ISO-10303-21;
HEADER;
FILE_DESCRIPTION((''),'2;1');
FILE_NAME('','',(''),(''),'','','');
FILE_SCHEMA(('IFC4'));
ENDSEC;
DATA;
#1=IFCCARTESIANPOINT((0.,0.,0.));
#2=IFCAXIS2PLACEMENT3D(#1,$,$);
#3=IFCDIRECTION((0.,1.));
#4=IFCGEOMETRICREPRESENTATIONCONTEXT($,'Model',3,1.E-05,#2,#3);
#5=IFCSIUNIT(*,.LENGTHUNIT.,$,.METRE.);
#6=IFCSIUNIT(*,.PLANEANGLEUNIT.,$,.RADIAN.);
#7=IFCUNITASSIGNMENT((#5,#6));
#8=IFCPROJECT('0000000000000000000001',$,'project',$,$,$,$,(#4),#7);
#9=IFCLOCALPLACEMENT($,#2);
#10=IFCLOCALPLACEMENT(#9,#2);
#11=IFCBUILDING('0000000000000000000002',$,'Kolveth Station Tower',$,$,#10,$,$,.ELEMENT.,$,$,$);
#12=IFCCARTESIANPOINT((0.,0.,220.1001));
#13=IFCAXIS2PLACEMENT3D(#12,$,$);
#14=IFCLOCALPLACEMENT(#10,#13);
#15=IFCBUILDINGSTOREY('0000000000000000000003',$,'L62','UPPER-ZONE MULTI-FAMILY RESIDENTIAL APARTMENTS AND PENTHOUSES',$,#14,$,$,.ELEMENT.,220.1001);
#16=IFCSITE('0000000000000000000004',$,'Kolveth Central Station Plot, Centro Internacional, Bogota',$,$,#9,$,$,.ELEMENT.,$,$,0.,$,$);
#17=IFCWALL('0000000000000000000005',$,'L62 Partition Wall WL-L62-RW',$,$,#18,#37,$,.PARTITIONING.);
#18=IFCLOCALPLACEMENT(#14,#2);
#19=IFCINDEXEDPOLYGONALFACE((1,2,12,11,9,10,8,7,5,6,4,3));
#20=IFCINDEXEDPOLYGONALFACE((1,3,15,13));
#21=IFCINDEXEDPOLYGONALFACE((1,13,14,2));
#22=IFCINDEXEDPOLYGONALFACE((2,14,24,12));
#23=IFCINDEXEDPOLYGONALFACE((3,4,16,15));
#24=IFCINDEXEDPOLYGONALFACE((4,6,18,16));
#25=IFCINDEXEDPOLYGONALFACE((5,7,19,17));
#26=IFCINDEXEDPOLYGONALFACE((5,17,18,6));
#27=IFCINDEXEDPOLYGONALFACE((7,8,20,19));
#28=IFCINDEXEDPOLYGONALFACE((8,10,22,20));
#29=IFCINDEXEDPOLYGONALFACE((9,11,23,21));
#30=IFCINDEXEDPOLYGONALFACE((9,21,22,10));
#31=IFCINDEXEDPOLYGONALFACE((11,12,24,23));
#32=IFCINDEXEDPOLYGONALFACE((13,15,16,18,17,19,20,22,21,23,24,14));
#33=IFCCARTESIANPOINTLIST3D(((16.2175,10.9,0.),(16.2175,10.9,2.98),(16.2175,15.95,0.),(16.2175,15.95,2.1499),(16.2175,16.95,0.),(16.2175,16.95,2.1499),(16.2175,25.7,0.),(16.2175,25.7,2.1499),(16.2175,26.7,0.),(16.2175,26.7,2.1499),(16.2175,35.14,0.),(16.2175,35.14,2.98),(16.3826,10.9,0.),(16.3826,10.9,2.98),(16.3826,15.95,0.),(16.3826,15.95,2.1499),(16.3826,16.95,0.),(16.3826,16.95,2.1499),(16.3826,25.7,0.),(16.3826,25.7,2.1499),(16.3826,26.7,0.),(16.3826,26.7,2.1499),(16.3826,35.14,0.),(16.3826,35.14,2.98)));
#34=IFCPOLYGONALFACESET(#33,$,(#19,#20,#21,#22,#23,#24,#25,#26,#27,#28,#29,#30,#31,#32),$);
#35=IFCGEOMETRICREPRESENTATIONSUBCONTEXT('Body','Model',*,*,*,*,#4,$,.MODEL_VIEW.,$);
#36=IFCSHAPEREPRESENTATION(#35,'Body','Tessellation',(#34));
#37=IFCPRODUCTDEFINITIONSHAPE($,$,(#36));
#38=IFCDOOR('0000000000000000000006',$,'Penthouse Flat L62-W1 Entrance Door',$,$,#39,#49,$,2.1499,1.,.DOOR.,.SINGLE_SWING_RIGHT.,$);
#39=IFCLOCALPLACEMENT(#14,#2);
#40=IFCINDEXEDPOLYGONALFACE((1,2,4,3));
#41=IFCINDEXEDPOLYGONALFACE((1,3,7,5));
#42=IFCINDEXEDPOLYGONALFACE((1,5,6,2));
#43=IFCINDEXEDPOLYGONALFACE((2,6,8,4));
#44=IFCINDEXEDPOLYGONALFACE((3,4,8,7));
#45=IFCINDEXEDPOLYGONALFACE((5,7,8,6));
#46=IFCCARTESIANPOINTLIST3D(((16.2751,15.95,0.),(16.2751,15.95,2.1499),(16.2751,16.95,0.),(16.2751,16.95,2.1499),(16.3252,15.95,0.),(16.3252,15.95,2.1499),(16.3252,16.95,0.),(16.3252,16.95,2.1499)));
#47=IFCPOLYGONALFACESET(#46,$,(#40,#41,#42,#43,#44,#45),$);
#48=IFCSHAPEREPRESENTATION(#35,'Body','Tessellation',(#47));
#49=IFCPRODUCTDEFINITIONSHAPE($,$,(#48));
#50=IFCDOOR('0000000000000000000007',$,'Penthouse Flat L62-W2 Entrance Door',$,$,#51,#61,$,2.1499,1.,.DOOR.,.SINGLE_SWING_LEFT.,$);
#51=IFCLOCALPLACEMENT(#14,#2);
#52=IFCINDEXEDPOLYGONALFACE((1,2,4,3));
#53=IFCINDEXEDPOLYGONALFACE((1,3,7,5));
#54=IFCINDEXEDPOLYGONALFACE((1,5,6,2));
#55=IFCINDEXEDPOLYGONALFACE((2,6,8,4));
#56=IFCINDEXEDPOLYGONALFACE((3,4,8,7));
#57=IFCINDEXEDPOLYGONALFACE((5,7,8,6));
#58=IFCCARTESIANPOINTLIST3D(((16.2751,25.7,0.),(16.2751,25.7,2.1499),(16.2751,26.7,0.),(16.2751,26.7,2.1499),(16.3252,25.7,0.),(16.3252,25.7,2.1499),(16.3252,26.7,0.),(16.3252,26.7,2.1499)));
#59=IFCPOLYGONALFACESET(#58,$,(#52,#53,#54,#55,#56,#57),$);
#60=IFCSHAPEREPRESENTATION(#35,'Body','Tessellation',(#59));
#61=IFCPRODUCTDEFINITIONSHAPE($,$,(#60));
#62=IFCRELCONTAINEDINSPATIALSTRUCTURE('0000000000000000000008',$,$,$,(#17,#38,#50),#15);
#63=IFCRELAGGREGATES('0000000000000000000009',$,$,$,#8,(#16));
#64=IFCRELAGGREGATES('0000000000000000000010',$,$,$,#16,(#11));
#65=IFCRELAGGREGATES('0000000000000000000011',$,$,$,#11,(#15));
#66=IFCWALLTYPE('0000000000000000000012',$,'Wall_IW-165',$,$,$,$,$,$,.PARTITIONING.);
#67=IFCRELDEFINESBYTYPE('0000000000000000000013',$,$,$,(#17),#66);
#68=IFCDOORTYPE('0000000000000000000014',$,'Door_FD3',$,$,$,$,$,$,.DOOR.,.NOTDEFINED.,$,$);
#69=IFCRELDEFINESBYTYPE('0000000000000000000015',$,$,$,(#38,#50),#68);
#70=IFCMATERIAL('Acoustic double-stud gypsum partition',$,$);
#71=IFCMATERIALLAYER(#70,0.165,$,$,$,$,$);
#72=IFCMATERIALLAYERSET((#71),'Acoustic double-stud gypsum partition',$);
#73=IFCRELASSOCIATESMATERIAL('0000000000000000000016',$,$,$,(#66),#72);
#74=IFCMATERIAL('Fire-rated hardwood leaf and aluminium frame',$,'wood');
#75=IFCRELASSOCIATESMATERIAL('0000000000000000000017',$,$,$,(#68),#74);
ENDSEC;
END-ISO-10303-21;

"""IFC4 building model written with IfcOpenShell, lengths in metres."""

from ifc_helpers import new_model, si_unit, direction, frame, frame_2d, origin, place, context, subcontext, project, spatial, rectangle, extrude, material, layer, layer_set, type_object, element, fill, save


model = new_model("IFC4")

# Units and contexts
model_context = context("Model", 3, precision=1e-05, world=origin(), true_north=direction((0.0, 1.0)))
body_context = subcontext(model_context, "Body", "Model", "MODEL_VIEW")
ifc_project = project(units=[si_unit("LENGTHUNIT", "METRE"), si_unit("PLANEANGLEUNIT", "RADIAN")], contexts=[model_context])

# Site, building, storey
site_placement = place(None, origin())
site = spatial("IfcSite", under=ifc_project, at=site_placement, Name="Kolveth Central Station Plot, Centro Internacional, Bogota", CompositionType="ELEMENT", RefElevation=0.0)
building_placement = place(site_placement, origin())
building = spatial("IfcBuilding", under=site, at=building_placement, Name="Kolveth Station Tower", CompositionType="ELEMENT")
storey_placement = place(building_placement, frame((0.0, 0.0, 220.1001)))
storey = spatial("IfcBuildingStorey", under=building, at=storey_placement, Name="L62", Description="UPPER-ZONE MULTI-FAMILY RESIDENTIAL APARTMENTS AND PENTHOUSES", CompositionType="ELEMENT", Elevation=220.1001)

# Shared definitions
ifc_material_1 = material(Name="Acoustic double-stud gypsum partition")
ifc_layer_1 = layer(ifc_material_1, 0.165)
ifc_layer_set_1 = layer_set([ifc_layer_1], Name="Acoustic double-stud gypsum partition")
wall_type_1 = type_object("IfcWallType", Name="Wall_IW-165", PredefinedType="PARTITIONING", material=ifc_layer_set_1)

# Wall, openings, doors
wall_1_placement = place(storey_placement, frame((16.3, 10.8999, 0.0), z_axis=(0.0, 0.0, 1.0), x_axis=(0.0, 1.0, 0.0)))
wall_1 = element("IfcWall", 1, at=wall_1_placement, inside=storey, type_object=wall_type_1, Name="L62 Partition Wall WL-L62-RW", PredefinedType="PARTITIONING", context=body_context, shape_type="SweptSolid", body=[
    extrude(rectangle(XDim=24.24, YDim=0.165, at=frame_2d((12.1201, 0.0))), origin(), (0.0, 0.0, 1.0), 2.98),
])
opening_1_placement = place(wall_1_placement, frame((5.05, 0.0, 0.0)))
opening_1 = element("IfcOpeningElement", 2, at=opening_1_placement, cuts=wall_1, PredefinedType="OPENING", context=body_context, shape_type="SweptSolid", body=[
    extrude(rectangle(XDim=1.0, YDim=2.1499, at=frame_2d((0.5, 1.075))), frame((0.0, 0.0925, 0.0), z_axis=(0.0, -1.0, 0.0), x_axis=(1.0, 0.0, 0.0)), (0.0, 0.0, 1.0), 0.1851),
])
opening_2_placement = place(wall_1_placement, frame((14.8, 0.0, 0.0)))
opening_2 = element("IfcOpeningElement", 3, at=opening_2_placement, cuts=wall_1, PredefinedType="OPENING", context=body_context, shape_type="SweptSolid", body=[
    extrude(rectangle(XDim=1.0, YDim=2.1499, at=frame_2d((0.5, 1.075))), frame((0.0, 0.0925, 0.0), z_axis=(0.0, -1.0, 0.0), x_axis=(1.0, 0.0, 0.0)), (0.0, 0.0, 1.0), 0.1851),
])
ifc_material_2 = material(Name="Fire-rated hardwood leaf and aluminium frame", Category="wood")
door_type_1 = type_object("IfcDoorType", Name="Door_FD3", OperationType="NOTDEFINED", PredefinedType="DOOR", material=ifc_material_2)
door_1_placement = place(opening_1_placement, origin())
door_1 = element("IfcDoor", 4, at=door_1_placement, inside=storey, type_object=door_type_1, Name="Penthouse Flat L62-W1 Entrance Door", OperationType="SINGLE_SWING_RIGHT", OverallHeight=2.1499, OverallWidth=1.0, PredefinedType="DOOR", context=body_context, shape_type="SweptSolid", body=[
    extrude(rectangle(XDim=1.0, YDim=2.1499, at=frame_2d((0.5, 1.075))), frame((0.0, 0.0249, 0.0), z_axis=(0.0, -1.0, 0.0), x_axis=(1.0, 0.0, 0.0)), (0.0, 0.0, 1.0), 0.05),
])
fill(opening_1, door_1)
door_2_placement = place(opening_2_placement, origin())
door_2 = element("IfcDoor", 5, at=door_2_placement, inside=storey, type_object=door_type_1, Name="Penthouse Flat L62-W2 Entrance Door", OperationType="SINGLE_SWING_LEFT", OverallHeight=2.1499, OverallWidth=1.0, PredefinedType="DOOR", context=body_context, shape_type="SweptSolid", body=[
    extrude(rectangle(XDim=1.0, YDim=2.1499, at=frame_2d((0.5, 1.075))), frame((0.0, 0.0249, 0.0), z_axis=(0.0, -1.0, 0.0), x_axis=(1.0, 0.0, 0.0)), (0.0, 0.0, 1.0), 0.05),
])
fill(opening_2, door_2)

save(model, "model.ifc")
